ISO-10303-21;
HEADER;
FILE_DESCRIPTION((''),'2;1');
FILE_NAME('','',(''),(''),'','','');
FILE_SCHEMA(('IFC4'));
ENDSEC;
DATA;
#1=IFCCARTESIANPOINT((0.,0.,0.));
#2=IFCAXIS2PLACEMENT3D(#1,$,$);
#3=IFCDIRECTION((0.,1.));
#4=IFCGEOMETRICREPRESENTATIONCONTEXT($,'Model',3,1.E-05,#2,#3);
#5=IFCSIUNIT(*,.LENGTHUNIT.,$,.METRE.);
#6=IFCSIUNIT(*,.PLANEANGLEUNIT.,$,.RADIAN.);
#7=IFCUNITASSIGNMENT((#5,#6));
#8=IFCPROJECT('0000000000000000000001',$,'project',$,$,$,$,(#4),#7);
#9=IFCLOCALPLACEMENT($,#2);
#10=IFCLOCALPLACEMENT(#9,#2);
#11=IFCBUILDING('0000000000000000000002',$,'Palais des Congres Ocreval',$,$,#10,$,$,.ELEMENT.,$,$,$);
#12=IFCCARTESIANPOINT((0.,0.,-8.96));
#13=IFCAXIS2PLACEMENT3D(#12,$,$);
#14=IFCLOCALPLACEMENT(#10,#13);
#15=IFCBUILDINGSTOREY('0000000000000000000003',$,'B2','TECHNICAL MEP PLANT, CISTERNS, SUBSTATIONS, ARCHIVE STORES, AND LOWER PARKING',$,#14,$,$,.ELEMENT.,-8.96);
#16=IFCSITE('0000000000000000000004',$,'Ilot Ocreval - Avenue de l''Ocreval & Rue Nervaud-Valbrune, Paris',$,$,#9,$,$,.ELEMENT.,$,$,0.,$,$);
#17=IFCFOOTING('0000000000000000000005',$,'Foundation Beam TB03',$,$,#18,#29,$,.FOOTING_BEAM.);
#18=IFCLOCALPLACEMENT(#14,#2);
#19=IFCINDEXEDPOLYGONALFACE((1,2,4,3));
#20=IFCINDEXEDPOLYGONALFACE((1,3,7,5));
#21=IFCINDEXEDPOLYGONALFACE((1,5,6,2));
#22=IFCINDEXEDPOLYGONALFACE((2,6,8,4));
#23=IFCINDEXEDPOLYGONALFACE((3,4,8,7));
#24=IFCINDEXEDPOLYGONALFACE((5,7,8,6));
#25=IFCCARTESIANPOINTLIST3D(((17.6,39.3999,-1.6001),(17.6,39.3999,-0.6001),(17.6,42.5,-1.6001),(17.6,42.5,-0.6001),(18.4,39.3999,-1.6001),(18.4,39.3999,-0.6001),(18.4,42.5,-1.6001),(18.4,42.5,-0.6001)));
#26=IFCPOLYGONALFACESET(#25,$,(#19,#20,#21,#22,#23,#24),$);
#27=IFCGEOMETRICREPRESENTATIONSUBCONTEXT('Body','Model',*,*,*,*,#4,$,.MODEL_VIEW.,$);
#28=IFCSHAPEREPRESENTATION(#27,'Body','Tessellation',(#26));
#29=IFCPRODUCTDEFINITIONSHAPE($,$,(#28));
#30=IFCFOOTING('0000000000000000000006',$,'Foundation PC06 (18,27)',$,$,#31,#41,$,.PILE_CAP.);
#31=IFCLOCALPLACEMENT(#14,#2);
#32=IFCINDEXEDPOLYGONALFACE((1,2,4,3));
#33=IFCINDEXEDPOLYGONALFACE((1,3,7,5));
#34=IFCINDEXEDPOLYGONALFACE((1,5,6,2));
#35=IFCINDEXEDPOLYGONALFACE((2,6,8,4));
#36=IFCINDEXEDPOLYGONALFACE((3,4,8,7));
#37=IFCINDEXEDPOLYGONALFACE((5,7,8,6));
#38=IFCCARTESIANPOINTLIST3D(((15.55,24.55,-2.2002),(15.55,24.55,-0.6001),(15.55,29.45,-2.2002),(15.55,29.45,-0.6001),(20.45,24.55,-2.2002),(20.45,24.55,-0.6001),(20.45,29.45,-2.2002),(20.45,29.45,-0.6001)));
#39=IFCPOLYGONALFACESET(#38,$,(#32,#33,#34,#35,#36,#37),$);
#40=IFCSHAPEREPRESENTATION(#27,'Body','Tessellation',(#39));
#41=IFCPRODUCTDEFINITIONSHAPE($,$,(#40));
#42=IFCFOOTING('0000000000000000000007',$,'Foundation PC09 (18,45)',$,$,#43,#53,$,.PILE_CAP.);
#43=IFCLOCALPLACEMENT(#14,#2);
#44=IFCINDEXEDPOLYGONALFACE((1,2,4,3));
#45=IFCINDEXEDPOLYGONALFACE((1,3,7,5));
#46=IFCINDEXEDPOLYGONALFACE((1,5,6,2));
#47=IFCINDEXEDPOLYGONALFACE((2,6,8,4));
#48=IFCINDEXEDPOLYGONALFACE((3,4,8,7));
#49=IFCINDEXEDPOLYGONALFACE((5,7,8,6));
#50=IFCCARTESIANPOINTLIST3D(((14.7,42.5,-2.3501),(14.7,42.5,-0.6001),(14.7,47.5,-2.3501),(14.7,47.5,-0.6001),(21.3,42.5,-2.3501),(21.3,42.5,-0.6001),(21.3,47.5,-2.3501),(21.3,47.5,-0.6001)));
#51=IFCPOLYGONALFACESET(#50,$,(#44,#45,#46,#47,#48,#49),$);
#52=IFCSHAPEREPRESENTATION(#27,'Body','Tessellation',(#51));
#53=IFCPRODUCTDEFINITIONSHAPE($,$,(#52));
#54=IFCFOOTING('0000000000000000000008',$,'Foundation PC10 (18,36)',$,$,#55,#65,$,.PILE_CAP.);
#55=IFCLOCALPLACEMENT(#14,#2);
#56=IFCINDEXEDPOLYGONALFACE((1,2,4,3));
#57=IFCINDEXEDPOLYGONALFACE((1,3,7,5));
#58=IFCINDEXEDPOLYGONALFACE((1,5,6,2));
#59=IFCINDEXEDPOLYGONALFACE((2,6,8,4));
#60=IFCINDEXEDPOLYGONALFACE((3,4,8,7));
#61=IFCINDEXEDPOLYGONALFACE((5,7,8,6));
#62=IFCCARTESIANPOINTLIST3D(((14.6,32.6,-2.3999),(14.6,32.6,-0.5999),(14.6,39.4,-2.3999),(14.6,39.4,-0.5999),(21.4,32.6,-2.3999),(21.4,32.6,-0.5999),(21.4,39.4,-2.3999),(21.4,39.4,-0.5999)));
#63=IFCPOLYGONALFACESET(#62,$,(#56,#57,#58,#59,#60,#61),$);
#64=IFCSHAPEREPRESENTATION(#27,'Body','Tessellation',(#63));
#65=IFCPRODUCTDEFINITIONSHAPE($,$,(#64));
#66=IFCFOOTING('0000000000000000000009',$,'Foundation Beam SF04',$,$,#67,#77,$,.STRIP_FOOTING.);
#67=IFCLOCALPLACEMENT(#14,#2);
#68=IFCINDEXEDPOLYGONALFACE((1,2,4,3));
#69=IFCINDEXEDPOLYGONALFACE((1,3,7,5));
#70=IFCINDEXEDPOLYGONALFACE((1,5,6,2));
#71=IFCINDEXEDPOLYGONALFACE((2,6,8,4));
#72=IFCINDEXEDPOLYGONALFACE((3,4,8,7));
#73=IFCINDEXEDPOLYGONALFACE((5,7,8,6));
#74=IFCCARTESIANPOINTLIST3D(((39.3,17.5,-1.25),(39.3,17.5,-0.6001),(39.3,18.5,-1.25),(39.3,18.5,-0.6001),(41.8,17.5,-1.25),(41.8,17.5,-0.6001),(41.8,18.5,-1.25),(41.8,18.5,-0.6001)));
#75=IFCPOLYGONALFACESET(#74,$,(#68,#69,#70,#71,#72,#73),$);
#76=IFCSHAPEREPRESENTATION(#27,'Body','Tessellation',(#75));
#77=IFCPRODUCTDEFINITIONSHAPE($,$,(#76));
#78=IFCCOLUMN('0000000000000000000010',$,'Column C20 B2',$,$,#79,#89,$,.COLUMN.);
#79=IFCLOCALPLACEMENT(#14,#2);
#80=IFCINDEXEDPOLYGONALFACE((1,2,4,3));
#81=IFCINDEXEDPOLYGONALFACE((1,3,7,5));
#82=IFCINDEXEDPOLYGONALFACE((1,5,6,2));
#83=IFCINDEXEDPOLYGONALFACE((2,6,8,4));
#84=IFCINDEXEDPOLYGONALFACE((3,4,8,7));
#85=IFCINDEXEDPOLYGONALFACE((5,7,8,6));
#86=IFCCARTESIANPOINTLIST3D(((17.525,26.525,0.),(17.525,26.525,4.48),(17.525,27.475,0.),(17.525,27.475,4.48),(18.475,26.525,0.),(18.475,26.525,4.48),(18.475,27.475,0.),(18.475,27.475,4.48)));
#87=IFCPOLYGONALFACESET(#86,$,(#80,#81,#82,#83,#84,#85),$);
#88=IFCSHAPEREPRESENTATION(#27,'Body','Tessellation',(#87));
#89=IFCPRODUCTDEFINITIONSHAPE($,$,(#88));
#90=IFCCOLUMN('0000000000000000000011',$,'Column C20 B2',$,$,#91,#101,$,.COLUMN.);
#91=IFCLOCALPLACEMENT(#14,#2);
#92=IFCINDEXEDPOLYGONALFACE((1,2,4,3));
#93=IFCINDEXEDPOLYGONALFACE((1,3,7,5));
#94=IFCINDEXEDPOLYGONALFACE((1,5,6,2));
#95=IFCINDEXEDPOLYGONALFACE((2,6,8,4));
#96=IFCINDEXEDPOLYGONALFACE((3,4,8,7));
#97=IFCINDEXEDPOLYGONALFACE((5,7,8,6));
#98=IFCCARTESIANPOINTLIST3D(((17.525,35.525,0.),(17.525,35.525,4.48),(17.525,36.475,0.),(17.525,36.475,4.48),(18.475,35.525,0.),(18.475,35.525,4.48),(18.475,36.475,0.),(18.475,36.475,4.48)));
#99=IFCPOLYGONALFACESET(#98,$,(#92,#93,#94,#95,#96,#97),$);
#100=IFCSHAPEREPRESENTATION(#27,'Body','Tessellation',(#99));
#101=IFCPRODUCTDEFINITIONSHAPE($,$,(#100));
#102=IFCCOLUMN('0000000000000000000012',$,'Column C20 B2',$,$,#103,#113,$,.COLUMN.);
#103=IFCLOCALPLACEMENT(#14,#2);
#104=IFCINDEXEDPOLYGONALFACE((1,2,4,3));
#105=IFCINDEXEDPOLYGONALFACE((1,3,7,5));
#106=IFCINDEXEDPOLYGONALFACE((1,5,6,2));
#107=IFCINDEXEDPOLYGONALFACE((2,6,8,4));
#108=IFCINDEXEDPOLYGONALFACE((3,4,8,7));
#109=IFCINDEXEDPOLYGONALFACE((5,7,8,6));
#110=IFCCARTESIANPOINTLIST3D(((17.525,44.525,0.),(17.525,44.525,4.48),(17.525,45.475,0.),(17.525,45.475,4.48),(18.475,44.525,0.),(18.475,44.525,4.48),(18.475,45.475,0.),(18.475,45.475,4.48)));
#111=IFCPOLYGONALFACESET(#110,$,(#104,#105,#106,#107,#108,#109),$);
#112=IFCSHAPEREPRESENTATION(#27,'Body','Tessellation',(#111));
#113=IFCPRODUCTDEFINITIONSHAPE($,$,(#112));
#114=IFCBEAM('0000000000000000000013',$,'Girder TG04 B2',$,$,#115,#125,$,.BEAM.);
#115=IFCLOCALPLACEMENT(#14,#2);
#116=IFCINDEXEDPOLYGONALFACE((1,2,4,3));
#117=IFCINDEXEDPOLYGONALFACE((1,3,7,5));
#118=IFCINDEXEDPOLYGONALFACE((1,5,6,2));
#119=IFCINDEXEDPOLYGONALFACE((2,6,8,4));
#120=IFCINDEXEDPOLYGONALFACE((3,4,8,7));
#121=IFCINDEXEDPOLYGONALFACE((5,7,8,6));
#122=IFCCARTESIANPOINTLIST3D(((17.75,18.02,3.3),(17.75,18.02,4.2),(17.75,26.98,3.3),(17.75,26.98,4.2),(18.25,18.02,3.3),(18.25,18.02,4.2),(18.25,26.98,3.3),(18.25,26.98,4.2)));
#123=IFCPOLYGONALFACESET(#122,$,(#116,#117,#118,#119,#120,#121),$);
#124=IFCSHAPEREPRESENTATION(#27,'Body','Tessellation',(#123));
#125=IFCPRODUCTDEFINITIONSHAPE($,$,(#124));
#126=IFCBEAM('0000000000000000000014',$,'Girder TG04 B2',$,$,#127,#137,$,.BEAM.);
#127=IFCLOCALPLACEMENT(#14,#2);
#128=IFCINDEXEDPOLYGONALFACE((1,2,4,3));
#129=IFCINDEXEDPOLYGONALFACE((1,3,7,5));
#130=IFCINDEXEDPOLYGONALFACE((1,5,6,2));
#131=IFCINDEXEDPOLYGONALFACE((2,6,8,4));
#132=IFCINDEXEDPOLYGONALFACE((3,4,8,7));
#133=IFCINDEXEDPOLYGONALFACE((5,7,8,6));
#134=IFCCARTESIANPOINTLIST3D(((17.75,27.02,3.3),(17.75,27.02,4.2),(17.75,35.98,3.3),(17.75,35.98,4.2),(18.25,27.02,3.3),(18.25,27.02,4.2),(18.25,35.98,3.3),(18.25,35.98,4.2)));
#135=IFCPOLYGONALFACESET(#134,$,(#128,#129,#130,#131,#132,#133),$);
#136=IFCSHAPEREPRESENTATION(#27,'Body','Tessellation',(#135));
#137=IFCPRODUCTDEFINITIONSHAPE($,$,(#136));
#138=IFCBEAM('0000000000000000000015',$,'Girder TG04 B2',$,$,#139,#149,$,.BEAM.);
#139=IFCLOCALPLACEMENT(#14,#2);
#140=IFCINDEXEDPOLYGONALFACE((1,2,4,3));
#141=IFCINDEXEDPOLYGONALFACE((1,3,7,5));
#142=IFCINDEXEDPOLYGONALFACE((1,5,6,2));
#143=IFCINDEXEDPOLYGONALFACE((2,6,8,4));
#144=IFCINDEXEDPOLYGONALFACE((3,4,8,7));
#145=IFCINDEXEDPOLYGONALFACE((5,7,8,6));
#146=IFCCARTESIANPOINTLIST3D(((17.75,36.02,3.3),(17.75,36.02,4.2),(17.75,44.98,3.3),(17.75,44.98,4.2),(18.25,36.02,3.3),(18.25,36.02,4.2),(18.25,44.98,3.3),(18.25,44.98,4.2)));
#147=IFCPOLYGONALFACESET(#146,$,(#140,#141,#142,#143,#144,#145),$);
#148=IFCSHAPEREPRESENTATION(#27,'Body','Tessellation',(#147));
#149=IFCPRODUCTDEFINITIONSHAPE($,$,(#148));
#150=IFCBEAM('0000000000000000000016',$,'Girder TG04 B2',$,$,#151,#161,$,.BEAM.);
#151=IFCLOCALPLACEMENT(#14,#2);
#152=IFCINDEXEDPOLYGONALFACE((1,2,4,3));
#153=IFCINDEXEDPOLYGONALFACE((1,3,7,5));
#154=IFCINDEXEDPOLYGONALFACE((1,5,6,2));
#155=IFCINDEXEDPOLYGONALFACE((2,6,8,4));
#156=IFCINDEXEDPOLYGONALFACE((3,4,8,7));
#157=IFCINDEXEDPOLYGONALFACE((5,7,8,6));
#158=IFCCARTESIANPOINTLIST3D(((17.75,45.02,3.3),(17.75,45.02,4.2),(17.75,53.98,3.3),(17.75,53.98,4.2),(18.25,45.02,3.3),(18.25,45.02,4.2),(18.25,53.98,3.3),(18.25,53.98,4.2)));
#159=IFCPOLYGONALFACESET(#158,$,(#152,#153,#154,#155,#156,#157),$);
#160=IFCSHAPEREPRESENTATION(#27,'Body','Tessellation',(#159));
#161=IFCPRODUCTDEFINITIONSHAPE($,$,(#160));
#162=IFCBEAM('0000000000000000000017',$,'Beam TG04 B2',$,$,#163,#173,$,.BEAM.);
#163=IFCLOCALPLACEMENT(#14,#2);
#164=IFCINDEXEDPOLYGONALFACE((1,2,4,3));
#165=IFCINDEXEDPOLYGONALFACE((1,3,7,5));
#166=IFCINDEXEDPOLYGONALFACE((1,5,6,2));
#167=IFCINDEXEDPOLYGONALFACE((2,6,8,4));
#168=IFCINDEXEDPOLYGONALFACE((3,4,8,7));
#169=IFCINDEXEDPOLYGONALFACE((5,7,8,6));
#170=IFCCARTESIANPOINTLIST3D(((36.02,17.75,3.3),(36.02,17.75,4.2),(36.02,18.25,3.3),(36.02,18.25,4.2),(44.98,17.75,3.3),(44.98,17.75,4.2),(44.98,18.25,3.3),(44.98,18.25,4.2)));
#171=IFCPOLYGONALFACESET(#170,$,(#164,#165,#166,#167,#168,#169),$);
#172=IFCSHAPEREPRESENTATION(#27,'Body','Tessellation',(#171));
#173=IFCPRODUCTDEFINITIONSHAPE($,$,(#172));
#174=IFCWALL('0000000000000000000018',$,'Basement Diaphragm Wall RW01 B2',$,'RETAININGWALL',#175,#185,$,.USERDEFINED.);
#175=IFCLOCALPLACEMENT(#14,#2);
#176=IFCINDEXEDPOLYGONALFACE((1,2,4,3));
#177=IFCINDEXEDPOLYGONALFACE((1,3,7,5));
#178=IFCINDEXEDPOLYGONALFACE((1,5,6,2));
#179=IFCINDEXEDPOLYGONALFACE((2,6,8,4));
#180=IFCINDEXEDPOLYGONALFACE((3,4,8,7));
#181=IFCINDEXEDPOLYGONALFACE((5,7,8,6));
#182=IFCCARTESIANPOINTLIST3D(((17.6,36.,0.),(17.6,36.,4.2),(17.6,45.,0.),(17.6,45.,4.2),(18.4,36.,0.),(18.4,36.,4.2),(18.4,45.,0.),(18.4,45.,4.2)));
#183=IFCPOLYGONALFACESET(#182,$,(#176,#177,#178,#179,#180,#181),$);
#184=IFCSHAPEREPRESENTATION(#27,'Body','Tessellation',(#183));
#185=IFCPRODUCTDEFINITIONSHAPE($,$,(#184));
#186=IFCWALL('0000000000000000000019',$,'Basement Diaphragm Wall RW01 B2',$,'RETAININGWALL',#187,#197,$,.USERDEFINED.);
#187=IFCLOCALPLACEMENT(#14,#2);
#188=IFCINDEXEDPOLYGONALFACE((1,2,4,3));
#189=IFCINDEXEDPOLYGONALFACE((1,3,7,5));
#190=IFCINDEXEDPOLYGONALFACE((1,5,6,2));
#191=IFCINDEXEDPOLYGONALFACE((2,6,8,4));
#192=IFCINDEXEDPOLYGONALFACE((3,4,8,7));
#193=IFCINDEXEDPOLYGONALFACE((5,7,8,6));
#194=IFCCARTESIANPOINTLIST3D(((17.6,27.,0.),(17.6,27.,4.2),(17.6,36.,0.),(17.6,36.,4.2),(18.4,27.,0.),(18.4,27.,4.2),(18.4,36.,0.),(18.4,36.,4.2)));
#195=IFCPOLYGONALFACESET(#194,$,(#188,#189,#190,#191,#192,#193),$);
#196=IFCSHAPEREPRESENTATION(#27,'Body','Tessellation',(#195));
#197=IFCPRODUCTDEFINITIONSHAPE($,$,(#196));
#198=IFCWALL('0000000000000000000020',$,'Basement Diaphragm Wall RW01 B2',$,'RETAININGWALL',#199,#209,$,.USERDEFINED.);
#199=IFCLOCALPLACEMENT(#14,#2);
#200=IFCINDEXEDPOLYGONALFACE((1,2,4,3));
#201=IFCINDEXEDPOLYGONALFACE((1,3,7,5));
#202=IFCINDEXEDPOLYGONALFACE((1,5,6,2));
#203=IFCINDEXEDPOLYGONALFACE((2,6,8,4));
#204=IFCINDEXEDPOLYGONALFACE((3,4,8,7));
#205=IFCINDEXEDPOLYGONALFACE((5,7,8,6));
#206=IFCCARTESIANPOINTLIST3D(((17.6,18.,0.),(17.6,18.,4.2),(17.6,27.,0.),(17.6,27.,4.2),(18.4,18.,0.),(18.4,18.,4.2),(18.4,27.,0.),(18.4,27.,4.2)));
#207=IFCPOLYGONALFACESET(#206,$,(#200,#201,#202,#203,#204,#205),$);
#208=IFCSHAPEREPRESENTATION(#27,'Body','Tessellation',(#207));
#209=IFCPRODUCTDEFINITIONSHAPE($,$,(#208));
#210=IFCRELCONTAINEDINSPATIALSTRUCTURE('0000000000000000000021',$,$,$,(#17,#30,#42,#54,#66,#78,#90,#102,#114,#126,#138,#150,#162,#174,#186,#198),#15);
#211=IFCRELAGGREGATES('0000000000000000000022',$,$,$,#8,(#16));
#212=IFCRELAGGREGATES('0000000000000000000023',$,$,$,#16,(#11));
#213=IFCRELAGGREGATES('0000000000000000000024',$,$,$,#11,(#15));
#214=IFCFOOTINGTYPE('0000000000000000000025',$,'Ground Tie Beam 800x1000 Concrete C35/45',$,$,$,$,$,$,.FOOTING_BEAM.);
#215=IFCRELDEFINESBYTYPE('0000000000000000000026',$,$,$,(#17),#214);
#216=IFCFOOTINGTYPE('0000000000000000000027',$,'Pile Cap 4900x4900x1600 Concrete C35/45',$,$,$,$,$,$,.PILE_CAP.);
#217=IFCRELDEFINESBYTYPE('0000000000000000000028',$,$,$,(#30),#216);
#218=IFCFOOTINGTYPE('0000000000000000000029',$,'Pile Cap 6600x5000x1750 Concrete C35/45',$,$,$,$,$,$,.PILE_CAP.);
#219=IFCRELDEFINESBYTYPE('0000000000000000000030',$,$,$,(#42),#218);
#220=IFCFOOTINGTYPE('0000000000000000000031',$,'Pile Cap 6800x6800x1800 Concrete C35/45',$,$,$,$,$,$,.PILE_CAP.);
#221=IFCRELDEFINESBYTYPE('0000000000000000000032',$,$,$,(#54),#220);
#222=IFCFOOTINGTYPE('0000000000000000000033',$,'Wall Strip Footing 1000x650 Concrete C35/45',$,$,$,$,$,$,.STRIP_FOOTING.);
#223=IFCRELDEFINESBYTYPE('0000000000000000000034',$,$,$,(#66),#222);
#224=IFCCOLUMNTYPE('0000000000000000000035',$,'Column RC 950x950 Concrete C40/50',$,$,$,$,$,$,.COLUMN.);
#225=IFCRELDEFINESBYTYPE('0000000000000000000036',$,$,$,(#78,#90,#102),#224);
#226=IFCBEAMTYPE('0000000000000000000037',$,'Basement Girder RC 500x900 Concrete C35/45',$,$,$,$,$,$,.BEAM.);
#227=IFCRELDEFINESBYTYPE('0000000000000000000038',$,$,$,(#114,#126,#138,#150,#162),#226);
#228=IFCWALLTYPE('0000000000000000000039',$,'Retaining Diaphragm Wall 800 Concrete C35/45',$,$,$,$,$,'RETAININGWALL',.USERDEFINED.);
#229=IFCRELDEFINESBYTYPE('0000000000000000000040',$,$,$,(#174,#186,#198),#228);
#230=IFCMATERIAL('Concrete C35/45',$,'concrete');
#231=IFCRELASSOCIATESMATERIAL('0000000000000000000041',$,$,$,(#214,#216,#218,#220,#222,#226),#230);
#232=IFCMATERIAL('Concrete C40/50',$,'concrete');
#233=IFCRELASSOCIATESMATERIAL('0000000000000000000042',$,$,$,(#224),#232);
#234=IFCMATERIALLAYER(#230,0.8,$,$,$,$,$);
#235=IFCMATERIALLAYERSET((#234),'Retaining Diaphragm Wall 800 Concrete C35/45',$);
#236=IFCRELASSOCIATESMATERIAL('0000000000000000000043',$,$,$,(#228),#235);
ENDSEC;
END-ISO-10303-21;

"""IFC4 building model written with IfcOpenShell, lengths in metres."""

from ifc_helpers import new_model, si_unit, direction, frame, frame_2d, origin, origin_2d, place, context, subcontext, project, spatial, rectangle, extrude, material, layer, layer_set, material_profile, profile_set, type_object, element, save


model = new_model("IFC4")

# Units and contexts
model_context = context("Model", 3, precision=1e-05, world=origin(), true_north=direction((0.0, 1.0)))
body_context = subcontext(model_context, "Body", "Model", "MODEL_VIEW")
ifc_project = project(units=[si_unit("LENGTHUNIT", "METRE"), si_unit("PLANEANGLEUNIT", "RADIAN")], contexts=[model_context])

# Site, building, storey
site_placement = place(None, origin())
site = spatial("IfcSite", under=ifc_project, at=site_placement, Name="Ilot Ocreval - Avenue de l'Ocreval & Rue Nervaud-Valbrune, Paris", CompositionType="ELEMENT", RefElevation=0.0)
building_placement = place(site_placement, origin())
building = spatial("IfcBuilding", under=site, at=building_placement, Name="Palais des Congres Ocreval", CompositionType="ELEMENT")
storey_placement = place(building_placement, frame((0.0, 0.0, -8.96)))
storey = spatial("IfcBuildingStorey", under=building, at=storey_placement, Name="B2", Description="TECHNICAL MEP PLANT, CISTERNS, SUBSTATIONS, ARCHIVE STORES, AND LOWER PARKING", CompositionType="ELEMENT", Elevation=-8.96)

# Shared definitions
ifc_material_1 = material(Name="Concrete C35/45", Category="concrete")

# Footings
footing_type_1 = type_object("IfcFootingType", Name="Ground Tie Beam 800x1000 Concrete C35/45", PredefinedType="FOOTING_BEAM", material=ifc_material_1)
footing_1_placement = place(storey_placement, frame((18.0, 40.95, -1.6001), z_axis=(0.0, 0.0, 1.0), x_axis=(0.0, 1.0, 0.0)))
element("IfcFooting", 1, at=footing_1_placement, inside=storey, type_object=footing_type_1, Name="Foundation Beam TB03", PredefinedType="FOOTING_BEAM", context=body_context, shape_type="SweptSolid", body=[
    extrude(rectangle(XDim=3.1001, YDim=0.8, at=origin_2d()), origin(), (0.0, 0.0, 1.0), 1.0),
])
footing_type_2 = type_object("IfcFootingType", Name="Pile Cap 4900x4900x1600 Concrete C35/45", PredefinedType="PILE_CAP", material=ifc_material_1)
footing_2_placement = place(storey_placement, frame((18.0, 27.0, -2.2002), z_axis=(0.0, 0.0, 1.0), x_axis=(1.0, 0.0, 0.0)))
element("IfcFooting", 2, at=footing_2_placement, inside=storey, type_object=footing_type_2, Name="Foundation PC06 (18,27)", PredefinedType="PILE_CAP", context=body_context, shape_type="SweptSolid", body=[
    extrude(rectangle(XDim=4.8999, YDim=4.8999, at=origin_2d()), origin(), (0.0, 0.0, 1.0), 1.6001),
])
footing_type_3 = type_object("IfcFootingType", Name="Pile Cap 6600x5000x1750 Concrete C35/45", PredefinedType="PILE_CAP", material=ifc_material_1)
footing_3_placement = place(storey_placement, frame((18.0, 45.0, -2.3501), z_axis=(0.0, 0.0, 1.0), x_axis=(1.0, 0.0, 0.0)))
element("IfcFooting", 3, at=footing_3_placement, inside=storey, type_object=footing_type_3, Name="Foundation PC09 (18,45)", PredefinedType="PILE_CAP", context=body_context, shape_type="SweptSolid", body=[
    extrude(rectangle(XDim=6.6001, YDim=5.0, at=origin_2d()), origin(), (0.0, 0.0, 1.0), 1.75),
])
footing_type_4 = type_object("IfcFootingType", Name="Pile Cap 6800x6800x1800 Concrete C35/45", PredefinedType="PILE_CAP", material=ifc_material_1)
footing_4_placement = place(storey_placement, frame((18.0, 36.0, -2.3999), z_axis=(0.0, 0.0, 1.0), x_axis=(1.0, 0.0, 0.0)))
element("IfcFooting", 4, at=footing_4_placement, inside=storey, type_object=footing_type_4, Name="Foundation PC10 (18,36)", PredefinedType="PILE_CAP", context=body_context, shape_type="SweptSolid", body=[
    extrude(rectangle(XDim=6.8, YDim=6.8, at=origin_2d()), origin(), (0.0, 0.0, 1.0), 1.8),
])
footing_type_5 = type_object("IfcFootingType", Name="Wall Strip Footing 1000x650 Concrete C35/45", PredefinedType="STRIP_FOOTING", material=ifc_material_1)
footing_5_placement = place(storey_placement, frame((40.55, 18.0, -1.25), z_axis=(0.0, 0.0, 1.0), x_axis=(1.0, 0.0, 0.0)))
element("IfcFooting", 5, at=footing_5_placement, inside=storey, type_object=footing_type_5, Name="Foundation Beam SF04", PredefinedType="STRIP_FOOTING", context=body_context, shape_type="SweptSolid", body=[
    extrude(rectangle(XDim=2.5, YDim=1.0, at=origin_2d()), origin(), (0.0, 0.0, 1.0), 0.6499),
])

# Columns
ifc_material_2 = material(Name="Concrete C40/50", Category="concrete")
ifc_material_profile_1 = material_profile(ifc_material_2, rectangle(XDim=0.95, YDim=0.95, at=origin_2d()), Name="RC 950x950")
ifc_profile_set_1 = profile_set([ifc_material_profile_1], Name="Concrete C40/50")
column_type = type_object("IfcColumnType", Name="Column RC 950x950 Concrete C40/50", PredefinedType="COLUMN", material=ifc_profile_set_1)
for number, where, z_axis, x_axis, name in (
    (6, (18.0, 27.0, 0.0), (0.0, 0.0, 1.0), (1.0, 0.0, 0.0), "Column C20 B2"),
    (7, (18.0, 36.0, 0.0), (0.0, 0.0, 1.0), (1.0, 0.0, 0.0), "Column C20 B2"),
    (8, (18.0, 45.0, 0.0), (0.0, 0.0, 1.0), (1.0, 0.0, 0.0), "Column C20 B2"),
):
    element("IfcColumn", number, at=place(storey_placement, frame(where, z_axis=z_axis, x_axis=x_axis)), inside=storey, type_object=column_type, Name=name, PredefinedType="COLUMN", context=body_context, shape_type="SweptSolid", body=[
        extrude(rectangle(XDim=0.95, YDim=0.95, at=origin_2d()), origin(), (0.0, 0.0, 1.0), 4.48),
    ])

# Beams
ifc_material_profile_2 = material_profile(ifc_material_1, rectangle(XDim=0.5, YDim=0.8999, at=origin_2d()), Name="RC 500x900")
ifc_profile_set_2 = profile_set([ifc_material_profile_2], Name="Concrete C35/45")
beam_type = type_object("IfcBeamType", Name="Basement Girder RC 500x900 Concrete C35/45", PredefinedType="BEAM", material=ifc_profile_set_2)
for number, where, z_axis, x_axis, name in (
    (9, (18.0, 18.02, 3.75), (0.0, 1.0, 0.0), (-1.0, 0.0, 0.0), "Girder TG04 B2"),
    (10, (18.0, 27.02, 3.75), (0.0, 1.0, 0.0), (-1.0, 0.0, 0.0), "Girder TG04 B2"),
    (11, (18.0, 36.02, 3.75), (0.0, 1.0, 0.0), (-1.0, 0.0, 0.0), "Girder TG04 B2"),
    (12, (18.0, 45.02, 3.75), (0.0, 1.0, 0.0), (-1.0, 0.0, 0.0), "Girder TG04 B2"),
    (13, (36.02, 18.0, 3.75), (1.0, 0.0, 0.0), (0.0, 1.0, 0.0), "Beam TG04 B2"),
):
    element("IfcBeam", number, at=place(storey_placement, frame(where, z_axis=z_axis, x_axis=x_axis)), inside=storey, type_object=beam_type, Name=name, PredefinedType="BEAM", context=body_context, shape_type="SweptSolid", body=[
        extrude(rectangle(XDim=0.5, YDim=0.8999, at=origin_2d()), origin(), (0.0, 0.0, 1.0), 8.96),
    ])

# Walls
ifc_layer = layer(ifc_material_1, 0.8)
ifc_layer_set = layer_set([ifc_layer], Name="Retaining Diaphragm Wall 800 Concrete C35/45")
wall_type = type_object("IfcWallType", Name="Retaining Diaphragm Wall 800 Concrete C35/45", ElementType="RETAININGWALL", PredefinedType="USERDEFINED", material=ifc_layer_set)
for number, where, z_axis, x_axis, name in (
    (14, (18.0, 45.0, 0.0), (0.0, 0.0, 1.0), (0.0, -1.0, 0.0), "Basement Diaphragm Wall RW01 B2"),
    (15, (18.0, 36.0, 0.0), (0.0, 0.0, 1.0), (0.0, -1.0, 0.0), "Basement Diaphragm Wall RW01 B2"),
    (16, (18.0, 27.0, 0.0), (0.0, 0.0, 1.0), (0.0, -1.0, 0.0), "Basement Diaphragm Wall RW01 B2"),
):
    element("IfcWall", number, at=place(storey_placement, frame(where, z_axis=z_axis, x_axis=x_axis)), inside=storey, type_object=wall_type, Name=name, ObjectType="RETAININGWALL", PredefinedType="USERDEFINED", context=body_context, shape_type="SweptSolid", body=[
        extrude(rectangle(XDim=9.0, YDim=0.8, at=frame_2d((4.5, 0.0))), origin(), (0.0, 0.0, 1.0), 4.2),
    ])

save(model, "model.ifc")
